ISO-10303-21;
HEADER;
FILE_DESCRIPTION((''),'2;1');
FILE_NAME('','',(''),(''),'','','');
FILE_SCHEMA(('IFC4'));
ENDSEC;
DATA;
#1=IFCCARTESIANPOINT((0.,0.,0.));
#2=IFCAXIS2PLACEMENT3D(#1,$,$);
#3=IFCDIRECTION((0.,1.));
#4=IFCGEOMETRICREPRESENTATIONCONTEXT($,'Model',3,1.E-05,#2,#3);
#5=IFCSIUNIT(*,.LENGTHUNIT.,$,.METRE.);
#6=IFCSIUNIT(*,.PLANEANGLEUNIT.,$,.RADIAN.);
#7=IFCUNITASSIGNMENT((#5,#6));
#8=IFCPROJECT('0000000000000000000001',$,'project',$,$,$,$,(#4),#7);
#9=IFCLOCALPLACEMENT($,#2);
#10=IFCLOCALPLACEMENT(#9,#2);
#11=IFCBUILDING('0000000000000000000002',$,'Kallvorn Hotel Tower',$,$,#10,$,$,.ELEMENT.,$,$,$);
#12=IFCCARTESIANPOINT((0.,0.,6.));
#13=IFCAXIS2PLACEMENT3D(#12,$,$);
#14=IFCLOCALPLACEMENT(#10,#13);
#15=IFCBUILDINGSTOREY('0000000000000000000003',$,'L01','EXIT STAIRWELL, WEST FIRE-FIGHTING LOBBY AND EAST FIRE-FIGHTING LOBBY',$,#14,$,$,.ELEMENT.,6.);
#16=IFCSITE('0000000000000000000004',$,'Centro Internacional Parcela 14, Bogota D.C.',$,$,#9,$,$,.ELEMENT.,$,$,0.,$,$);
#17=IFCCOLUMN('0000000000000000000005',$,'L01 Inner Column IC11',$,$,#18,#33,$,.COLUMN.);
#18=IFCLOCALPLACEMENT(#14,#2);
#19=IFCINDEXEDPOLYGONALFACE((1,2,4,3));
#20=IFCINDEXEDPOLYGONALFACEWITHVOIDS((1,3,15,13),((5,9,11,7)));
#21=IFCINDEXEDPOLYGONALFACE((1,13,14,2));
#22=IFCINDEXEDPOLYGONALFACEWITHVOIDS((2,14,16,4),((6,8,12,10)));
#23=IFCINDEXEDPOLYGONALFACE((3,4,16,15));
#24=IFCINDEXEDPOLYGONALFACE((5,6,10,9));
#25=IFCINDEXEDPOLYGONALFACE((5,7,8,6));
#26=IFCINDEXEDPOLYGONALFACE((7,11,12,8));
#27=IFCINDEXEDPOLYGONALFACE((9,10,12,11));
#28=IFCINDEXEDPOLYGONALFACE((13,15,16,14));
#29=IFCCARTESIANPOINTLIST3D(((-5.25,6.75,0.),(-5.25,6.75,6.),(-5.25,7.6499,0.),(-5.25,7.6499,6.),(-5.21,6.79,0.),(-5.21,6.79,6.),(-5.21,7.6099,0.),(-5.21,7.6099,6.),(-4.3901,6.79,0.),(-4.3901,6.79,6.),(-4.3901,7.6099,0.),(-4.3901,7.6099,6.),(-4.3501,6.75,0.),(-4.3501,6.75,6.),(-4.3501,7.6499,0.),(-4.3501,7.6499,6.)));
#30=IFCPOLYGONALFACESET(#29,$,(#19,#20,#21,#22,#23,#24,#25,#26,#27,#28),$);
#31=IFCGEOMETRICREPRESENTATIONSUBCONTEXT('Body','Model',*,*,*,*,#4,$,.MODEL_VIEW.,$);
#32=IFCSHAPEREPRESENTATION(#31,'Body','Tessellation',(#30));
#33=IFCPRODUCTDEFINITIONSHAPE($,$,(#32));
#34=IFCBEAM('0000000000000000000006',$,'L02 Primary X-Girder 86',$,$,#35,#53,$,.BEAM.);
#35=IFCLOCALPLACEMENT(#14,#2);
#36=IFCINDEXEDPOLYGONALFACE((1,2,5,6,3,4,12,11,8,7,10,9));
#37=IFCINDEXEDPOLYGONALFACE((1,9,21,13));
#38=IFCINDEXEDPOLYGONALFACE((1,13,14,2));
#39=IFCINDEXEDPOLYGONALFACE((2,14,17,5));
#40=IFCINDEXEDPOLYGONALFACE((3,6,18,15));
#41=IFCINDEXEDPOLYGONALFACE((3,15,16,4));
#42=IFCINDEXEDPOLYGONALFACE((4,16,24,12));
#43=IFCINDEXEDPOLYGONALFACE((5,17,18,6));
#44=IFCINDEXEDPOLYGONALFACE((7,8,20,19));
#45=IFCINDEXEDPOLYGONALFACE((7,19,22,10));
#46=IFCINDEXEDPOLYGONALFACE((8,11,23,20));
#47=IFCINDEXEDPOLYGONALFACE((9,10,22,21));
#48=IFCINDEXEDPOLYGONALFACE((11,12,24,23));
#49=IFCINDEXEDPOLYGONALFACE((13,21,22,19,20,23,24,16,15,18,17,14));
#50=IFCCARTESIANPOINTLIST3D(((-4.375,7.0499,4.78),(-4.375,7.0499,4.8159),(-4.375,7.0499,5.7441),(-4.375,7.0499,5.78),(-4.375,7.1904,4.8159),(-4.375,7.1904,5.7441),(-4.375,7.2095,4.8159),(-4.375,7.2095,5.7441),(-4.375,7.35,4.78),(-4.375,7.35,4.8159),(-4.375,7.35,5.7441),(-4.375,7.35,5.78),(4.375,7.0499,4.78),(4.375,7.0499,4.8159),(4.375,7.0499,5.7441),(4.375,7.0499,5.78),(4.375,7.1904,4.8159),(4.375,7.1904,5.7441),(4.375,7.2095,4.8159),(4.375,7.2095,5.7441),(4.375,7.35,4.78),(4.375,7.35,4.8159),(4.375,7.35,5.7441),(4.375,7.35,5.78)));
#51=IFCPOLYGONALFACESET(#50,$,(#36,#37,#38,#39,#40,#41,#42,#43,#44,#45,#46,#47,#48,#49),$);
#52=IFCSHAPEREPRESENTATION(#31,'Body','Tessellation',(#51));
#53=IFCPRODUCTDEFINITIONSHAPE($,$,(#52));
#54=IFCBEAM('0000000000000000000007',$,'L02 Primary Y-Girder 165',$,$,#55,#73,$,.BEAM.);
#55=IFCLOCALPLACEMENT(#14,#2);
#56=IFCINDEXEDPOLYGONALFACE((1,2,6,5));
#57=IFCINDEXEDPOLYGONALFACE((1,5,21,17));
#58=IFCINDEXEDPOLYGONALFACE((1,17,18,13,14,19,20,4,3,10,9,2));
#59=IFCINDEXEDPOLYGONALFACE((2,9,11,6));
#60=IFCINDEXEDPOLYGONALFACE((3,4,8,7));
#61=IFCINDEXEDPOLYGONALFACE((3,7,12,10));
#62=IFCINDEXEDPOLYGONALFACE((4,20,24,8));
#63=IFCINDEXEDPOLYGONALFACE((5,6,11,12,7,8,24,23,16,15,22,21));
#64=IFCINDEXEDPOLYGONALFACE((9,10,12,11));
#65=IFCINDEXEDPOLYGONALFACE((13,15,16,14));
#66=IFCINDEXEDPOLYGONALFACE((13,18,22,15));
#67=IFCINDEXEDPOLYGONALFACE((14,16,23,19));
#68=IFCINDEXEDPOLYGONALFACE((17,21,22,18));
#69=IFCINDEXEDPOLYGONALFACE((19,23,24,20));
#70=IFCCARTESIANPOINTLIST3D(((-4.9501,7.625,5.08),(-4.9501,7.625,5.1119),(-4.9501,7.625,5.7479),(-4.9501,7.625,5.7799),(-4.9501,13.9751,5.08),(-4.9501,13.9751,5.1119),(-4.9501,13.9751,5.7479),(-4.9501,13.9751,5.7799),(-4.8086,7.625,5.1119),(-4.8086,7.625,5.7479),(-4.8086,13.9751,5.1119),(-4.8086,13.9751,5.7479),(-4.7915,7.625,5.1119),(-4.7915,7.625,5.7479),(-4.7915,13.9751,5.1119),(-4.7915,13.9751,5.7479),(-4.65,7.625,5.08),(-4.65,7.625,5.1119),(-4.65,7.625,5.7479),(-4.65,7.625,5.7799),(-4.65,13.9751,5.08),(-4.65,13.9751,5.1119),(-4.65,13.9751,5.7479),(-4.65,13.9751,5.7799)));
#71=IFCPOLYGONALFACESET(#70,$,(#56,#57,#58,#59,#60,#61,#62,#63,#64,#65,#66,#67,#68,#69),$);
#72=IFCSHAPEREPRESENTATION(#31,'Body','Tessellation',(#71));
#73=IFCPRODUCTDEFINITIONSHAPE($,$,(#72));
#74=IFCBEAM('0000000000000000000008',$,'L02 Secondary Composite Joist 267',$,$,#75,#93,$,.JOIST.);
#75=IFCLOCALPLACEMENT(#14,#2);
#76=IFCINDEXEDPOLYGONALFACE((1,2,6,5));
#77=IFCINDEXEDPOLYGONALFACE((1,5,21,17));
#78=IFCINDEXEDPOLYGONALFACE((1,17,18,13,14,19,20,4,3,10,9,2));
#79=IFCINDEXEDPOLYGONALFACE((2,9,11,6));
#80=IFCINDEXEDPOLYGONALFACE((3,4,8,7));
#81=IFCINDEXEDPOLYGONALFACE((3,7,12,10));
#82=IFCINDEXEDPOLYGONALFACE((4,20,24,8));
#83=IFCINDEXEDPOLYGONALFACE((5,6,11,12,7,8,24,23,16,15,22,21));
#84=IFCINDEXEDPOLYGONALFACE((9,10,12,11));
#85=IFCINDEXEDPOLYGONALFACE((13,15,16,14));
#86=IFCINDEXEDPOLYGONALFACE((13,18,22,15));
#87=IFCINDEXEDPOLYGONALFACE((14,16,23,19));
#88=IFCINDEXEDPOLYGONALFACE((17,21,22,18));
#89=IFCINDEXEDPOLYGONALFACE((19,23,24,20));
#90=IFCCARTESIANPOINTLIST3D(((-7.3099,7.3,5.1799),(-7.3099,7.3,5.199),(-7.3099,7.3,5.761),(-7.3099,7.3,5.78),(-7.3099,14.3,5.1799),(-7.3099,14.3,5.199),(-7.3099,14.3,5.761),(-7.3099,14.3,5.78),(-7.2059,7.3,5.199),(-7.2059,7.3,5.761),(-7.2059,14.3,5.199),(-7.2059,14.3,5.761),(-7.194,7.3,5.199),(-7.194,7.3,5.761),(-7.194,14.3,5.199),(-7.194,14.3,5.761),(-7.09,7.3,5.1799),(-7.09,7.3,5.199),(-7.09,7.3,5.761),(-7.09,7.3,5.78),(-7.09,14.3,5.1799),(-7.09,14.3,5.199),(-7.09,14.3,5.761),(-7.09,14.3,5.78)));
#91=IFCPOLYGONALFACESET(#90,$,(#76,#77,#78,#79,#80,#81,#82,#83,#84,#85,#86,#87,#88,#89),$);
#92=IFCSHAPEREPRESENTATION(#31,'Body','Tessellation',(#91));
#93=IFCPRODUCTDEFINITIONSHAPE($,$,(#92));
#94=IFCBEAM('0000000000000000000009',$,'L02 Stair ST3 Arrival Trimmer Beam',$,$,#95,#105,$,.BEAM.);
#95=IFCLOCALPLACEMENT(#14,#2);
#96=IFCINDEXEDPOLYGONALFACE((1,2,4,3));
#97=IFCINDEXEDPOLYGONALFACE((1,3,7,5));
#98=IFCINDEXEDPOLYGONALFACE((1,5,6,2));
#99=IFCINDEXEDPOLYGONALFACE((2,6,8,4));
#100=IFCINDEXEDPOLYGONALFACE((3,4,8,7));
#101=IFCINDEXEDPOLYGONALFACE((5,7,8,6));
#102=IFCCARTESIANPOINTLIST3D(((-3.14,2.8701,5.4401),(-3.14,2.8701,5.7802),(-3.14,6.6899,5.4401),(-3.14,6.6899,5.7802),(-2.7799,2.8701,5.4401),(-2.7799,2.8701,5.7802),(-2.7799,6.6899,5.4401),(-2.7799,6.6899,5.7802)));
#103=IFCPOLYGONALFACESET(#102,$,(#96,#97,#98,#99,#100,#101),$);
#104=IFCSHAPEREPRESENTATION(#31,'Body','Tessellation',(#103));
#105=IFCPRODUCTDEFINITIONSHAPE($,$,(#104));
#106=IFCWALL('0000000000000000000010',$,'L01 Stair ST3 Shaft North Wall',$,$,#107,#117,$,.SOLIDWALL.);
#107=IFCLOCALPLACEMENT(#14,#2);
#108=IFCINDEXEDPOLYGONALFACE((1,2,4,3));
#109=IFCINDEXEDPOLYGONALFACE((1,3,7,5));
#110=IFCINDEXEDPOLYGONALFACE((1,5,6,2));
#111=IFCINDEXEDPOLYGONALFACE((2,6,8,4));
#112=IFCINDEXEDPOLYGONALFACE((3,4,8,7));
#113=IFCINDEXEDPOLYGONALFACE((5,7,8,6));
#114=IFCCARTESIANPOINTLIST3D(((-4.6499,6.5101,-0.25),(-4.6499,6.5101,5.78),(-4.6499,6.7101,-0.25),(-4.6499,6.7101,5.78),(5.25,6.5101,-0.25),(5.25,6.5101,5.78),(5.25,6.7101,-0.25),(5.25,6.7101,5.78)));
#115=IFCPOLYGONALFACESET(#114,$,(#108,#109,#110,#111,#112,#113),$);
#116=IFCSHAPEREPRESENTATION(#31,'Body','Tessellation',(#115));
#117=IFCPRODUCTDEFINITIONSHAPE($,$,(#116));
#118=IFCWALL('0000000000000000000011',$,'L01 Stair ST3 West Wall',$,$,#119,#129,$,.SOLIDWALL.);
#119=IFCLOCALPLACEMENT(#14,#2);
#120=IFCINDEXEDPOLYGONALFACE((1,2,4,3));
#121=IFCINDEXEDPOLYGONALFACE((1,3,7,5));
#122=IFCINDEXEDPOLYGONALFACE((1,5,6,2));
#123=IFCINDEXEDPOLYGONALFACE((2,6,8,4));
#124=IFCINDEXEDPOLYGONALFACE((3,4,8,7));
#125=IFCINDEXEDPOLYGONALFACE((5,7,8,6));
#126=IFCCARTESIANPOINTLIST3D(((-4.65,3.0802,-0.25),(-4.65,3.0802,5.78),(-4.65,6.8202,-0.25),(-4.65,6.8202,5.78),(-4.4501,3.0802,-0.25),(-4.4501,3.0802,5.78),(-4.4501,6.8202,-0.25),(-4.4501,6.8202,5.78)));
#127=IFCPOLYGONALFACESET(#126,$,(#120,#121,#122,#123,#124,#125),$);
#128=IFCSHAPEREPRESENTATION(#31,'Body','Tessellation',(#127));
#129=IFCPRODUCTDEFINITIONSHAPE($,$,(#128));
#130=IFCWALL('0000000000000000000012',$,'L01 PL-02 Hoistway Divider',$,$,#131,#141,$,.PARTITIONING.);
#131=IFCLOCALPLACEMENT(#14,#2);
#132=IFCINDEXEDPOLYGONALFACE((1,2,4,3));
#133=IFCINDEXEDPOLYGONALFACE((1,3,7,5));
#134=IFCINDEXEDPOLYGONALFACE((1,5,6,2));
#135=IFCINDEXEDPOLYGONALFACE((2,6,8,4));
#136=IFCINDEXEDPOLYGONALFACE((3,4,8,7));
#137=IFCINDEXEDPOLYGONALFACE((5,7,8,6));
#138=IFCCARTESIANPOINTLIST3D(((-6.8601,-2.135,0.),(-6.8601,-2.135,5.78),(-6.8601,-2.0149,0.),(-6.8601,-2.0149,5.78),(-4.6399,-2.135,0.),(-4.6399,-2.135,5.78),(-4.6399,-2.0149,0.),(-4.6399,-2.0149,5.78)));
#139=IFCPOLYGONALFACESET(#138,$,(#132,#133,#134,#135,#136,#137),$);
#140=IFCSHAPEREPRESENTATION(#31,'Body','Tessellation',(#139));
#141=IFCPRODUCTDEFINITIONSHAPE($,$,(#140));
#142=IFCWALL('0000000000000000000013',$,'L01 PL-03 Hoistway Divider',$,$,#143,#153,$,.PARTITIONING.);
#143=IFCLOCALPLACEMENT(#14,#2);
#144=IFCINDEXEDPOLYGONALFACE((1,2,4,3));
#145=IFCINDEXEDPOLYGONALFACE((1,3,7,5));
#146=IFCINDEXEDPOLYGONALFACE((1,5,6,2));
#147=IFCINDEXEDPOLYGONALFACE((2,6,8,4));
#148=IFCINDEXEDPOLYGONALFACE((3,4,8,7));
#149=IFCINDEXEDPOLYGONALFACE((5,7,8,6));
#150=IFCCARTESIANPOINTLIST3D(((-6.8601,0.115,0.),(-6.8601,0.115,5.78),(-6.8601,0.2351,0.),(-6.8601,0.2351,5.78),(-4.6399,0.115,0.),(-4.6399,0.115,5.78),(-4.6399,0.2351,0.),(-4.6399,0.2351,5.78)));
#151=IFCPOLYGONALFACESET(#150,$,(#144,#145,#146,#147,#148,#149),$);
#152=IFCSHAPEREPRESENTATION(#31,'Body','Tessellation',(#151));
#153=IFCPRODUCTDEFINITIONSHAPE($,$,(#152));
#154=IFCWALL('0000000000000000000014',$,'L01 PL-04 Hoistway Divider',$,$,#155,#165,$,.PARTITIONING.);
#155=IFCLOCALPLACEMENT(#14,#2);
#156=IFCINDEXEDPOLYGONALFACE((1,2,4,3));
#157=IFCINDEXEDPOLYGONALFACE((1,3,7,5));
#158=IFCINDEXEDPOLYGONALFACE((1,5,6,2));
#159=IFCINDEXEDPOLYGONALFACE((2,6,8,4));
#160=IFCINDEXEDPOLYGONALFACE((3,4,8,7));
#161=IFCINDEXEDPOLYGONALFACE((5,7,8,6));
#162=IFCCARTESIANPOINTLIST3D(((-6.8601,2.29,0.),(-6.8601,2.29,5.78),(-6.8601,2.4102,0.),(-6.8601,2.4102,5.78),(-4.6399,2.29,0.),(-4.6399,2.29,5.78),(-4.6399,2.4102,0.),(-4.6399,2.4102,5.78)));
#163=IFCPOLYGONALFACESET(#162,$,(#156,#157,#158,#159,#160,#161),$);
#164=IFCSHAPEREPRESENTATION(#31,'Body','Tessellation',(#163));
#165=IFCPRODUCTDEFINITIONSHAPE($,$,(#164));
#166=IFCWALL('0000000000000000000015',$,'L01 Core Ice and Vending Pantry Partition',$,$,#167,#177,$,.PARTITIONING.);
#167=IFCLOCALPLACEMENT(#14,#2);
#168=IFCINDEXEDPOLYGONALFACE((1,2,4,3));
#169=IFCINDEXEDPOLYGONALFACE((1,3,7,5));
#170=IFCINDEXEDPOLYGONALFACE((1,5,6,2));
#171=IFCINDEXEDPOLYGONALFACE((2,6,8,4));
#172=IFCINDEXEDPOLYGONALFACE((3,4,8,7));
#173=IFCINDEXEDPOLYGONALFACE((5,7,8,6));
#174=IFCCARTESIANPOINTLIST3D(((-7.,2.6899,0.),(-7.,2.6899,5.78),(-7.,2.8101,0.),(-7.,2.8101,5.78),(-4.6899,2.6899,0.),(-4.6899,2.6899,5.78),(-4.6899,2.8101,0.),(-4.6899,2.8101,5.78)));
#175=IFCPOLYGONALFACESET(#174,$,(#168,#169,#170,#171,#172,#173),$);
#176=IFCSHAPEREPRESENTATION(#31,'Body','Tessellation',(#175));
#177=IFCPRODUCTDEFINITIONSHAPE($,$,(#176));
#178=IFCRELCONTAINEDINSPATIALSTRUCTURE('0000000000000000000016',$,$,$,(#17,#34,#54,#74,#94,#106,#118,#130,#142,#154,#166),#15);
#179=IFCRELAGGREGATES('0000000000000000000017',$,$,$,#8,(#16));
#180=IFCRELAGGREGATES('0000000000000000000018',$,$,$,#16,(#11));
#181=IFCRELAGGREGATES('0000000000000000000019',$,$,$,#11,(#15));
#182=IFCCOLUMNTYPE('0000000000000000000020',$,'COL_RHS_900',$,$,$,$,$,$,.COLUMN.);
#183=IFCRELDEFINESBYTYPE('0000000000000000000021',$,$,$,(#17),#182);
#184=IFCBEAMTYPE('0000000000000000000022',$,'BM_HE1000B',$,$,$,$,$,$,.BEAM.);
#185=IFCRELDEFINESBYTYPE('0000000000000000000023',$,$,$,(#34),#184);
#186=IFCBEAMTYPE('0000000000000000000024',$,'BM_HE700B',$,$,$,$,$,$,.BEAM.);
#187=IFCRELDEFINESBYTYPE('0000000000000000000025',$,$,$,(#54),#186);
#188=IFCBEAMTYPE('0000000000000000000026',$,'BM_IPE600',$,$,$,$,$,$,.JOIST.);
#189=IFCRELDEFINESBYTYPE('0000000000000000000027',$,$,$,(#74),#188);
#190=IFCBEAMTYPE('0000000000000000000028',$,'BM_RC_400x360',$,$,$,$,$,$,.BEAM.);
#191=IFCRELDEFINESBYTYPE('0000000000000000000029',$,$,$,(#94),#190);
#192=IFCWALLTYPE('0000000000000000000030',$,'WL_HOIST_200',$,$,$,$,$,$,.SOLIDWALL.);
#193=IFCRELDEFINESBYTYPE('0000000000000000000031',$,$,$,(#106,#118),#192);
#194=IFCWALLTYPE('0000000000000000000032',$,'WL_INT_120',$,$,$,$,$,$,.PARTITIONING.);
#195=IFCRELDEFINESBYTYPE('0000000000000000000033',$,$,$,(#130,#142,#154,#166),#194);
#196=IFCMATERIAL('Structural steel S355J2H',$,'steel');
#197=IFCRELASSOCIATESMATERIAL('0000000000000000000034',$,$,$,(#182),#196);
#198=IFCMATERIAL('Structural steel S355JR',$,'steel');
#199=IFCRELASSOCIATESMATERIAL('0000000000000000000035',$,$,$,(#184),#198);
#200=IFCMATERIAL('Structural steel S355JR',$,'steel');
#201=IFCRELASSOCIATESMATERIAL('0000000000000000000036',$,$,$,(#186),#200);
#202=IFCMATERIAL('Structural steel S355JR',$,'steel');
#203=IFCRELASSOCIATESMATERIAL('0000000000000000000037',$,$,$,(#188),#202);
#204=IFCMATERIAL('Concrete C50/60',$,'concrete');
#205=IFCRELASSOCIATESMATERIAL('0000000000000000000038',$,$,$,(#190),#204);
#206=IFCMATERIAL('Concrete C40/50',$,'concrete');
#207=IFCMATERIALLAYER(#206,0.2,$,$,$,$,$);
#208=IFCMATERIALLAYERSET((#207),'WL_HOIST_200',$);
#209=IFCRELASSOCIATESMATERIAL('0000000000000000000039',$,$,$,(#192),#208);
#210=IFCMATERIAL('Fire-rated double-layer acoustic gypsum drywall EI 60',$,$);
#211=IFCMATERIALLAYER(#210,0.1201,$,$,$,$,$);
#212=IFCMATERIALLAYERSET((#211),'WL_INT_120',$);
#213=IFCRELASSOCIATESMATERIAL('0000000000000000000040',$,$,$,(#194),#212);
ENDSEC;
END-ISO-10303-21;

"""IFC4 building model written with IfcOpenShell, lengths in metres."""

from ifc_helpers import new_model, si_unit, direction, frame, frame_2d, origin, origin_2d, place, context, subcontext, project, spatial, rectangle, hollow_rectangle, i_section, extrude, material, layer, layer_set, material_profile, profile_set, type_object, element, save


model = new_model("IFC4")

# Units and contexts
model_context = context("Model", 3, precision=1e-05, world=origin(), true_north=direction((0.0, 1.0)))
body_context = subcontext(model_context, "Body", "Model", "MODEL_VIEW")
ifc_project = project(units=[si_unit("LENGTHUNIT", "METRE"), si_unit("PLANEANGLEUNIT", "RADIAN")], contexts=[model_context])

# Site, building, storey
site_placement = place(None, origin())
site = spatial("IfcSite", under=ifc_project, at=site_placement, Name="Centro Internacional Parcela 14, Bogota D.C.", CompositionType="ELEMENT", RefElevation=0.0)
building_placement = place(site_placement, origin())
building = spatial("IfcBuilding", under=site, at=building_placement, Name="Kallvorn Hotel Tower", CompositionType="ELEMENT")
storey_placement = place(building_placement, frame((0.0, 0.0, 6.0)))
storey = spatial("IfcBuildingStorey", under=building, at=storey_placement, Name="L01", Description="EXIT STAIRWELL, WEST FIRE-FIGHTING LOBBY AND EAST FIRE-FIGHTING LOBBY", CompositionType="ELEMENT", Elevation=6.0)

# Column
ifc_material_1 = material(Name="Structural steel S355J2H", Category="steel")
ifc_material_profile_1 = material_profile(ifc_material_1, hollow_rectangle(XDim=0.8999, YDim=0.8999, WallThickness=0.04, at=origin_2d()), Name="RHS 900x900x40")
ifc_profile_set_1 = profile_set([ifc_material_profile_1], Name="Structural steel S355J2H")
column_type = type_object("IfcColumnType", Name="COL_RHS_900", PredefinedType="COLUMN", material=ifc_profile_set_1)
column_placement = place(storey_placement, frame((-4.8, 7.2, 0.0), z_axis=(0.0, 0.0, 1.0), x_axis=(1.0, 0.0, 0.0)))
element("IfcColumn", 1, at=column_placement, inside=storey, type_object=column_type, Name="L01 Inner Column IC11", PredefinedType="COLUMN", context=body_context, shape_type="SweptSolid", body=[
    extrude(hollow_rectangle(XDim=0.8999, YDim=0.8999, WallThickness=0.04, at=origin_2d()), origin(), (0.0, 0.0, 1.0), 6.0),
])

# Beams
ifc_material_2 = material(Name="Structural steel S355JR", Category="steel")
ifc_material_profile_2 = material_profile(ifc_material_2, i_section(OverallWidth=0.3, OverallDepth=1.0, WebThickness=0.019, FlangeThickness=0.0359, at=origin_2d()), Name="HE 1000 B")
ifc_profile_set_2 = profile_set([ifc_material_profile_2], Name="Structural steel S355JR")
beam_type_1 = type_object("IfcBeamType", Name="BM_HE1000B", PredefinedType="BEAM", material=ifc_profile_set_2)
beam_1_placement = place(storey_placement, frame((-4.375, 7.2, 5.28), z_axis=(1.0, 0.0, 0.0), x_axis=(0.0, 1.0, 0.0)))
element("IfcBeam", 2, at=beam_1_placement, inside=storey, type_object=beam_type_1, Name="L02 Primary X-Girder 86", PredefinedType="BEAM", context=body_context, shape_type="SweptSolid", body=[
    extrude(i_section(OverallWidth=0.3, OverallDepth=1.0, WebThickness=0.019, FlangeThickness=0.0359, at=origin_2d()), origin(), (0.0, 0.0, 1.0), 8.75),
])
ifc_material_3 = material(Name="Structural steel S355JR", Category="steel")
ifc_material_profile_3 = material_profile(ifc_material_3, i_section(OverallWidth=0.3, OverallDepth=0.7, WebThickness=0.0171, FlangeThickness=0.032, at=origin_2d()), Name="HE 700 B")
ifc_profile_set_3 = profile_set([ifc_material_profile_3], Name="Structural steel S355JR")
beam_type_2 = type_object("IfcBeamType", Name="BM_HE700B", PredefinedType="BEAM", material=ifc_profile_set_3)
beam_2_placement = place(storey_placement, frame((-4.8, 7.625, 5.4299), z_axis=(0.0, 1.0, 0.0), x_axis=(-1.0, 0.0, 0.0)))
element("IfcBeam", 3, at=beam_2_placement, inside=storey, type_object=beam_type_2, Name="L02 Primary Y-Girder 165", PredefinedType="BEAM", context=body_context, shape_type="SweptSolid", body=[
    extrude(i_section(OverallWidth=0.3, OverallDepth=0.7, WebThickness=0.0171, FlangeThickness=0.032, at=origin_2d()), origin(), (0.0, 0.0, 1.0), 6.3501),
])
ifc_material_4 = material(Name="Structural steel S355JR", Category="steel")
ifc_material_profile_4 = material_profile(ifc_material_4, i_section(OverallWidth=0.22, OverallDepth=0.6001, WebThickness=0.012, FlangeThickness=0.019, at=origin_2d()), Name="IPE 600")
ifc_profile_set_4 = profile_set([ifc_material_profile_4], Name="Structural steel S355JR")
beam_type_3 = type_object("IfcBeamType", Name="BM_IPE600", PredefinedType="JOIST", material=ifc_profile_set_4)
beam_3_placement = place(storey_placement, frame((-7.2, 7.3, 5.48), z_axis=(0.0, 1.0, 0.0), x_axis=(-1.0, 0.0, 0.0)))
element("IfcBeam", 4, at=beam_3_placement, inside=storey, type_object=beam_type_3, Name="L02 Secondary Composite Joist 267", PredefinedType="JOIST", context=body_context, shape_type="SweptSolid", body=[
    extrude(i_section(OverallWidth=0.22, OverallDepth=0.6001, WebThickness=0.012, FlangeThickness=0.019, at=origin_2d()), origin(), (0.0, 0.0, 1.0), 7.0),
])
ifc_material_5 = material(Name="Concrete C50/60", Category="concrete")
ifc_material_profile_5 = material_profile(ifc_material_5, rectangle(XDim=0.3601, YDim=0.3401, at=origin_2d()), Name="RC 360x340")
ifc_profile_set_5 = profile_set([ifc_material_profile_5], Name="Concrete C50/60")
beam_type_4 = type_object("IfcBeamType", Name="BM_RC_400x360", PredefinedType="BEAM", material=ifc_profile_set_5)
beam_4_placement = place(storey_placement, frame((-2.96, 2.8701, 5.6101), z_axis=(0.0, 1.0, 0.0), x_axis=(-1.0, 0.0, 0.0)))
element("IfcBeam", 5, at=beam_4_placement, inside=storey, type_object=beam_type_4, Name="L02 Stair ST3 Arrival Trimmer Beam", PredefinedType="BEAM", context=body_context, shape_type="SweptSolid", body=[
    extrude(rectangle(XDim=0.3601, YDim=0.3401, at=origin_2d()), origin(), (0.0, 0.0, 1.0), 3.8198),
])

# Walls
ifc_material_6 = material(Name="Concrete C40/50", Category="concrete")
ifc_layer_1 = layer(ifc_material_6, 0.2)
ifc_layer_set_1 = layer_set([ifc_layer_1], Name="WL_HOIST_200")
wall_type_1 = type_object("IfcWallType", Name="WL_HOIST_200", PredefinedType="SOLIDWALL", material=ifc_layer_set_1)
wall_1_placement = place(storey_placement, frame((-4.6499, 6.6101, -0.25), z_axis=(0.0, 0.0, 1.0), x_axis=(1.0, 0.0, 0.0)))
element("IfcWall", 6, at=wall_1_placement, inside=storey, type_object=wall_type_1, Name="L01 Stair ST3 Shaft North Wall", PredefinedType="SOLIDWALL", context=body_context, shape_type="SweptSolid", body=[
    extrude(rectangle(XDim=9.8999, YDim=0.2, at=frame_2d((4.95, 0.0))), origin(), (0.0, 0.0, 1.0), 6.03),
])
wall_2_placement = place(storey_placement, frame((-4.55, 3.0801, -0.25), z_axis=(0.0, 0.0, 1.0), x_axis=(0.0, 1.0, 0.0)))
element("IfcWall", 7, at=wall_2_placement, inside=storey, type_object=wall_type_1, Name="L01 Stair ST3 West Wall", PredefinedType="SOLIDWALL", context=body_context, shape_type="SweptSolid", body=[
    extrude(rectangle(XDim=3.74, YDim=0.2, at=frame_2d((1.8701, 0.0))), origin(), (0.0, 0.0, 1.0), 6.03),
])
ifc_material_7 = material(Name="Fire-rated double-layer acoustic gypsum drywall EI 60")
ifc_layer_2 = layer(ifc_material_7, 0.1201)
ifc_layer_set_2 = layer_set([ifc_layer_2], Name="WL_INT_120")
wall_type_2 = type_object("IfcWallType", Name="WL_INT_120", PredefinedType="PARTITIONING", material=ifc_layer_set_2)
for number, where, z_axis, x_axis, name in (
    (8, (-6.8601, -2.075, 0.0), (0.0, 0.0, 1.0), (1.0, 0.0, 0.0), "L01 PL-02 Hoistway Divider"),
    (9, (-6.8601, 0.175, 0.0), (0.0, 0.0, 1.0), (1.0, 0.0, 0.0), "L01 PL-03 Hoistway Divider"),
    (10, (-6.8601, 2.3501, 0.0), (0.0, 0.0, 1.0), (1.0, 0.0, 0.0), "L01 PL-04 Hoistway Divider"),
):
    element("IfcWall", number, at=place(storey_placement, frame(where, z_axis=z_axis, x_axis=x_axis)), inside=storey, type_object=wall_type_2, Name=name, PredefinedType="PARTITIONING", context=body_context, shape_type="SweptSolid", body=[
        extrude(rectangle(XDim=2.2202, YDim=0.1201, at=frame_2d((1.1101, 0.0))), origin(), (0.0, 0.0, 1.0), 5.78),
    ])
wall_3_placement = place(storey_placement, frame((-7.0, 2.75, 0.0), z_axis=(0.0, 0.0, 1.0), x_axis=(1.0, 0.0, 0.0)))
element("IfcWall", 11, at=wall_3_placement, inside=storey, type_object=wall_type_2, Name="L01 Core Ice and Vending Pantry Partition", PredefinedType="PARTITIONING", context=body_context, shape_type="SweptSolid", body=[
    extrude(rectangle(XDim=2.3101, YDim=0.1201, at=frame_2d((1.155, 0.0))), origin(), (0.0, 0.0, 1.0), 5.78),
])

save(model, "model.ifc")
